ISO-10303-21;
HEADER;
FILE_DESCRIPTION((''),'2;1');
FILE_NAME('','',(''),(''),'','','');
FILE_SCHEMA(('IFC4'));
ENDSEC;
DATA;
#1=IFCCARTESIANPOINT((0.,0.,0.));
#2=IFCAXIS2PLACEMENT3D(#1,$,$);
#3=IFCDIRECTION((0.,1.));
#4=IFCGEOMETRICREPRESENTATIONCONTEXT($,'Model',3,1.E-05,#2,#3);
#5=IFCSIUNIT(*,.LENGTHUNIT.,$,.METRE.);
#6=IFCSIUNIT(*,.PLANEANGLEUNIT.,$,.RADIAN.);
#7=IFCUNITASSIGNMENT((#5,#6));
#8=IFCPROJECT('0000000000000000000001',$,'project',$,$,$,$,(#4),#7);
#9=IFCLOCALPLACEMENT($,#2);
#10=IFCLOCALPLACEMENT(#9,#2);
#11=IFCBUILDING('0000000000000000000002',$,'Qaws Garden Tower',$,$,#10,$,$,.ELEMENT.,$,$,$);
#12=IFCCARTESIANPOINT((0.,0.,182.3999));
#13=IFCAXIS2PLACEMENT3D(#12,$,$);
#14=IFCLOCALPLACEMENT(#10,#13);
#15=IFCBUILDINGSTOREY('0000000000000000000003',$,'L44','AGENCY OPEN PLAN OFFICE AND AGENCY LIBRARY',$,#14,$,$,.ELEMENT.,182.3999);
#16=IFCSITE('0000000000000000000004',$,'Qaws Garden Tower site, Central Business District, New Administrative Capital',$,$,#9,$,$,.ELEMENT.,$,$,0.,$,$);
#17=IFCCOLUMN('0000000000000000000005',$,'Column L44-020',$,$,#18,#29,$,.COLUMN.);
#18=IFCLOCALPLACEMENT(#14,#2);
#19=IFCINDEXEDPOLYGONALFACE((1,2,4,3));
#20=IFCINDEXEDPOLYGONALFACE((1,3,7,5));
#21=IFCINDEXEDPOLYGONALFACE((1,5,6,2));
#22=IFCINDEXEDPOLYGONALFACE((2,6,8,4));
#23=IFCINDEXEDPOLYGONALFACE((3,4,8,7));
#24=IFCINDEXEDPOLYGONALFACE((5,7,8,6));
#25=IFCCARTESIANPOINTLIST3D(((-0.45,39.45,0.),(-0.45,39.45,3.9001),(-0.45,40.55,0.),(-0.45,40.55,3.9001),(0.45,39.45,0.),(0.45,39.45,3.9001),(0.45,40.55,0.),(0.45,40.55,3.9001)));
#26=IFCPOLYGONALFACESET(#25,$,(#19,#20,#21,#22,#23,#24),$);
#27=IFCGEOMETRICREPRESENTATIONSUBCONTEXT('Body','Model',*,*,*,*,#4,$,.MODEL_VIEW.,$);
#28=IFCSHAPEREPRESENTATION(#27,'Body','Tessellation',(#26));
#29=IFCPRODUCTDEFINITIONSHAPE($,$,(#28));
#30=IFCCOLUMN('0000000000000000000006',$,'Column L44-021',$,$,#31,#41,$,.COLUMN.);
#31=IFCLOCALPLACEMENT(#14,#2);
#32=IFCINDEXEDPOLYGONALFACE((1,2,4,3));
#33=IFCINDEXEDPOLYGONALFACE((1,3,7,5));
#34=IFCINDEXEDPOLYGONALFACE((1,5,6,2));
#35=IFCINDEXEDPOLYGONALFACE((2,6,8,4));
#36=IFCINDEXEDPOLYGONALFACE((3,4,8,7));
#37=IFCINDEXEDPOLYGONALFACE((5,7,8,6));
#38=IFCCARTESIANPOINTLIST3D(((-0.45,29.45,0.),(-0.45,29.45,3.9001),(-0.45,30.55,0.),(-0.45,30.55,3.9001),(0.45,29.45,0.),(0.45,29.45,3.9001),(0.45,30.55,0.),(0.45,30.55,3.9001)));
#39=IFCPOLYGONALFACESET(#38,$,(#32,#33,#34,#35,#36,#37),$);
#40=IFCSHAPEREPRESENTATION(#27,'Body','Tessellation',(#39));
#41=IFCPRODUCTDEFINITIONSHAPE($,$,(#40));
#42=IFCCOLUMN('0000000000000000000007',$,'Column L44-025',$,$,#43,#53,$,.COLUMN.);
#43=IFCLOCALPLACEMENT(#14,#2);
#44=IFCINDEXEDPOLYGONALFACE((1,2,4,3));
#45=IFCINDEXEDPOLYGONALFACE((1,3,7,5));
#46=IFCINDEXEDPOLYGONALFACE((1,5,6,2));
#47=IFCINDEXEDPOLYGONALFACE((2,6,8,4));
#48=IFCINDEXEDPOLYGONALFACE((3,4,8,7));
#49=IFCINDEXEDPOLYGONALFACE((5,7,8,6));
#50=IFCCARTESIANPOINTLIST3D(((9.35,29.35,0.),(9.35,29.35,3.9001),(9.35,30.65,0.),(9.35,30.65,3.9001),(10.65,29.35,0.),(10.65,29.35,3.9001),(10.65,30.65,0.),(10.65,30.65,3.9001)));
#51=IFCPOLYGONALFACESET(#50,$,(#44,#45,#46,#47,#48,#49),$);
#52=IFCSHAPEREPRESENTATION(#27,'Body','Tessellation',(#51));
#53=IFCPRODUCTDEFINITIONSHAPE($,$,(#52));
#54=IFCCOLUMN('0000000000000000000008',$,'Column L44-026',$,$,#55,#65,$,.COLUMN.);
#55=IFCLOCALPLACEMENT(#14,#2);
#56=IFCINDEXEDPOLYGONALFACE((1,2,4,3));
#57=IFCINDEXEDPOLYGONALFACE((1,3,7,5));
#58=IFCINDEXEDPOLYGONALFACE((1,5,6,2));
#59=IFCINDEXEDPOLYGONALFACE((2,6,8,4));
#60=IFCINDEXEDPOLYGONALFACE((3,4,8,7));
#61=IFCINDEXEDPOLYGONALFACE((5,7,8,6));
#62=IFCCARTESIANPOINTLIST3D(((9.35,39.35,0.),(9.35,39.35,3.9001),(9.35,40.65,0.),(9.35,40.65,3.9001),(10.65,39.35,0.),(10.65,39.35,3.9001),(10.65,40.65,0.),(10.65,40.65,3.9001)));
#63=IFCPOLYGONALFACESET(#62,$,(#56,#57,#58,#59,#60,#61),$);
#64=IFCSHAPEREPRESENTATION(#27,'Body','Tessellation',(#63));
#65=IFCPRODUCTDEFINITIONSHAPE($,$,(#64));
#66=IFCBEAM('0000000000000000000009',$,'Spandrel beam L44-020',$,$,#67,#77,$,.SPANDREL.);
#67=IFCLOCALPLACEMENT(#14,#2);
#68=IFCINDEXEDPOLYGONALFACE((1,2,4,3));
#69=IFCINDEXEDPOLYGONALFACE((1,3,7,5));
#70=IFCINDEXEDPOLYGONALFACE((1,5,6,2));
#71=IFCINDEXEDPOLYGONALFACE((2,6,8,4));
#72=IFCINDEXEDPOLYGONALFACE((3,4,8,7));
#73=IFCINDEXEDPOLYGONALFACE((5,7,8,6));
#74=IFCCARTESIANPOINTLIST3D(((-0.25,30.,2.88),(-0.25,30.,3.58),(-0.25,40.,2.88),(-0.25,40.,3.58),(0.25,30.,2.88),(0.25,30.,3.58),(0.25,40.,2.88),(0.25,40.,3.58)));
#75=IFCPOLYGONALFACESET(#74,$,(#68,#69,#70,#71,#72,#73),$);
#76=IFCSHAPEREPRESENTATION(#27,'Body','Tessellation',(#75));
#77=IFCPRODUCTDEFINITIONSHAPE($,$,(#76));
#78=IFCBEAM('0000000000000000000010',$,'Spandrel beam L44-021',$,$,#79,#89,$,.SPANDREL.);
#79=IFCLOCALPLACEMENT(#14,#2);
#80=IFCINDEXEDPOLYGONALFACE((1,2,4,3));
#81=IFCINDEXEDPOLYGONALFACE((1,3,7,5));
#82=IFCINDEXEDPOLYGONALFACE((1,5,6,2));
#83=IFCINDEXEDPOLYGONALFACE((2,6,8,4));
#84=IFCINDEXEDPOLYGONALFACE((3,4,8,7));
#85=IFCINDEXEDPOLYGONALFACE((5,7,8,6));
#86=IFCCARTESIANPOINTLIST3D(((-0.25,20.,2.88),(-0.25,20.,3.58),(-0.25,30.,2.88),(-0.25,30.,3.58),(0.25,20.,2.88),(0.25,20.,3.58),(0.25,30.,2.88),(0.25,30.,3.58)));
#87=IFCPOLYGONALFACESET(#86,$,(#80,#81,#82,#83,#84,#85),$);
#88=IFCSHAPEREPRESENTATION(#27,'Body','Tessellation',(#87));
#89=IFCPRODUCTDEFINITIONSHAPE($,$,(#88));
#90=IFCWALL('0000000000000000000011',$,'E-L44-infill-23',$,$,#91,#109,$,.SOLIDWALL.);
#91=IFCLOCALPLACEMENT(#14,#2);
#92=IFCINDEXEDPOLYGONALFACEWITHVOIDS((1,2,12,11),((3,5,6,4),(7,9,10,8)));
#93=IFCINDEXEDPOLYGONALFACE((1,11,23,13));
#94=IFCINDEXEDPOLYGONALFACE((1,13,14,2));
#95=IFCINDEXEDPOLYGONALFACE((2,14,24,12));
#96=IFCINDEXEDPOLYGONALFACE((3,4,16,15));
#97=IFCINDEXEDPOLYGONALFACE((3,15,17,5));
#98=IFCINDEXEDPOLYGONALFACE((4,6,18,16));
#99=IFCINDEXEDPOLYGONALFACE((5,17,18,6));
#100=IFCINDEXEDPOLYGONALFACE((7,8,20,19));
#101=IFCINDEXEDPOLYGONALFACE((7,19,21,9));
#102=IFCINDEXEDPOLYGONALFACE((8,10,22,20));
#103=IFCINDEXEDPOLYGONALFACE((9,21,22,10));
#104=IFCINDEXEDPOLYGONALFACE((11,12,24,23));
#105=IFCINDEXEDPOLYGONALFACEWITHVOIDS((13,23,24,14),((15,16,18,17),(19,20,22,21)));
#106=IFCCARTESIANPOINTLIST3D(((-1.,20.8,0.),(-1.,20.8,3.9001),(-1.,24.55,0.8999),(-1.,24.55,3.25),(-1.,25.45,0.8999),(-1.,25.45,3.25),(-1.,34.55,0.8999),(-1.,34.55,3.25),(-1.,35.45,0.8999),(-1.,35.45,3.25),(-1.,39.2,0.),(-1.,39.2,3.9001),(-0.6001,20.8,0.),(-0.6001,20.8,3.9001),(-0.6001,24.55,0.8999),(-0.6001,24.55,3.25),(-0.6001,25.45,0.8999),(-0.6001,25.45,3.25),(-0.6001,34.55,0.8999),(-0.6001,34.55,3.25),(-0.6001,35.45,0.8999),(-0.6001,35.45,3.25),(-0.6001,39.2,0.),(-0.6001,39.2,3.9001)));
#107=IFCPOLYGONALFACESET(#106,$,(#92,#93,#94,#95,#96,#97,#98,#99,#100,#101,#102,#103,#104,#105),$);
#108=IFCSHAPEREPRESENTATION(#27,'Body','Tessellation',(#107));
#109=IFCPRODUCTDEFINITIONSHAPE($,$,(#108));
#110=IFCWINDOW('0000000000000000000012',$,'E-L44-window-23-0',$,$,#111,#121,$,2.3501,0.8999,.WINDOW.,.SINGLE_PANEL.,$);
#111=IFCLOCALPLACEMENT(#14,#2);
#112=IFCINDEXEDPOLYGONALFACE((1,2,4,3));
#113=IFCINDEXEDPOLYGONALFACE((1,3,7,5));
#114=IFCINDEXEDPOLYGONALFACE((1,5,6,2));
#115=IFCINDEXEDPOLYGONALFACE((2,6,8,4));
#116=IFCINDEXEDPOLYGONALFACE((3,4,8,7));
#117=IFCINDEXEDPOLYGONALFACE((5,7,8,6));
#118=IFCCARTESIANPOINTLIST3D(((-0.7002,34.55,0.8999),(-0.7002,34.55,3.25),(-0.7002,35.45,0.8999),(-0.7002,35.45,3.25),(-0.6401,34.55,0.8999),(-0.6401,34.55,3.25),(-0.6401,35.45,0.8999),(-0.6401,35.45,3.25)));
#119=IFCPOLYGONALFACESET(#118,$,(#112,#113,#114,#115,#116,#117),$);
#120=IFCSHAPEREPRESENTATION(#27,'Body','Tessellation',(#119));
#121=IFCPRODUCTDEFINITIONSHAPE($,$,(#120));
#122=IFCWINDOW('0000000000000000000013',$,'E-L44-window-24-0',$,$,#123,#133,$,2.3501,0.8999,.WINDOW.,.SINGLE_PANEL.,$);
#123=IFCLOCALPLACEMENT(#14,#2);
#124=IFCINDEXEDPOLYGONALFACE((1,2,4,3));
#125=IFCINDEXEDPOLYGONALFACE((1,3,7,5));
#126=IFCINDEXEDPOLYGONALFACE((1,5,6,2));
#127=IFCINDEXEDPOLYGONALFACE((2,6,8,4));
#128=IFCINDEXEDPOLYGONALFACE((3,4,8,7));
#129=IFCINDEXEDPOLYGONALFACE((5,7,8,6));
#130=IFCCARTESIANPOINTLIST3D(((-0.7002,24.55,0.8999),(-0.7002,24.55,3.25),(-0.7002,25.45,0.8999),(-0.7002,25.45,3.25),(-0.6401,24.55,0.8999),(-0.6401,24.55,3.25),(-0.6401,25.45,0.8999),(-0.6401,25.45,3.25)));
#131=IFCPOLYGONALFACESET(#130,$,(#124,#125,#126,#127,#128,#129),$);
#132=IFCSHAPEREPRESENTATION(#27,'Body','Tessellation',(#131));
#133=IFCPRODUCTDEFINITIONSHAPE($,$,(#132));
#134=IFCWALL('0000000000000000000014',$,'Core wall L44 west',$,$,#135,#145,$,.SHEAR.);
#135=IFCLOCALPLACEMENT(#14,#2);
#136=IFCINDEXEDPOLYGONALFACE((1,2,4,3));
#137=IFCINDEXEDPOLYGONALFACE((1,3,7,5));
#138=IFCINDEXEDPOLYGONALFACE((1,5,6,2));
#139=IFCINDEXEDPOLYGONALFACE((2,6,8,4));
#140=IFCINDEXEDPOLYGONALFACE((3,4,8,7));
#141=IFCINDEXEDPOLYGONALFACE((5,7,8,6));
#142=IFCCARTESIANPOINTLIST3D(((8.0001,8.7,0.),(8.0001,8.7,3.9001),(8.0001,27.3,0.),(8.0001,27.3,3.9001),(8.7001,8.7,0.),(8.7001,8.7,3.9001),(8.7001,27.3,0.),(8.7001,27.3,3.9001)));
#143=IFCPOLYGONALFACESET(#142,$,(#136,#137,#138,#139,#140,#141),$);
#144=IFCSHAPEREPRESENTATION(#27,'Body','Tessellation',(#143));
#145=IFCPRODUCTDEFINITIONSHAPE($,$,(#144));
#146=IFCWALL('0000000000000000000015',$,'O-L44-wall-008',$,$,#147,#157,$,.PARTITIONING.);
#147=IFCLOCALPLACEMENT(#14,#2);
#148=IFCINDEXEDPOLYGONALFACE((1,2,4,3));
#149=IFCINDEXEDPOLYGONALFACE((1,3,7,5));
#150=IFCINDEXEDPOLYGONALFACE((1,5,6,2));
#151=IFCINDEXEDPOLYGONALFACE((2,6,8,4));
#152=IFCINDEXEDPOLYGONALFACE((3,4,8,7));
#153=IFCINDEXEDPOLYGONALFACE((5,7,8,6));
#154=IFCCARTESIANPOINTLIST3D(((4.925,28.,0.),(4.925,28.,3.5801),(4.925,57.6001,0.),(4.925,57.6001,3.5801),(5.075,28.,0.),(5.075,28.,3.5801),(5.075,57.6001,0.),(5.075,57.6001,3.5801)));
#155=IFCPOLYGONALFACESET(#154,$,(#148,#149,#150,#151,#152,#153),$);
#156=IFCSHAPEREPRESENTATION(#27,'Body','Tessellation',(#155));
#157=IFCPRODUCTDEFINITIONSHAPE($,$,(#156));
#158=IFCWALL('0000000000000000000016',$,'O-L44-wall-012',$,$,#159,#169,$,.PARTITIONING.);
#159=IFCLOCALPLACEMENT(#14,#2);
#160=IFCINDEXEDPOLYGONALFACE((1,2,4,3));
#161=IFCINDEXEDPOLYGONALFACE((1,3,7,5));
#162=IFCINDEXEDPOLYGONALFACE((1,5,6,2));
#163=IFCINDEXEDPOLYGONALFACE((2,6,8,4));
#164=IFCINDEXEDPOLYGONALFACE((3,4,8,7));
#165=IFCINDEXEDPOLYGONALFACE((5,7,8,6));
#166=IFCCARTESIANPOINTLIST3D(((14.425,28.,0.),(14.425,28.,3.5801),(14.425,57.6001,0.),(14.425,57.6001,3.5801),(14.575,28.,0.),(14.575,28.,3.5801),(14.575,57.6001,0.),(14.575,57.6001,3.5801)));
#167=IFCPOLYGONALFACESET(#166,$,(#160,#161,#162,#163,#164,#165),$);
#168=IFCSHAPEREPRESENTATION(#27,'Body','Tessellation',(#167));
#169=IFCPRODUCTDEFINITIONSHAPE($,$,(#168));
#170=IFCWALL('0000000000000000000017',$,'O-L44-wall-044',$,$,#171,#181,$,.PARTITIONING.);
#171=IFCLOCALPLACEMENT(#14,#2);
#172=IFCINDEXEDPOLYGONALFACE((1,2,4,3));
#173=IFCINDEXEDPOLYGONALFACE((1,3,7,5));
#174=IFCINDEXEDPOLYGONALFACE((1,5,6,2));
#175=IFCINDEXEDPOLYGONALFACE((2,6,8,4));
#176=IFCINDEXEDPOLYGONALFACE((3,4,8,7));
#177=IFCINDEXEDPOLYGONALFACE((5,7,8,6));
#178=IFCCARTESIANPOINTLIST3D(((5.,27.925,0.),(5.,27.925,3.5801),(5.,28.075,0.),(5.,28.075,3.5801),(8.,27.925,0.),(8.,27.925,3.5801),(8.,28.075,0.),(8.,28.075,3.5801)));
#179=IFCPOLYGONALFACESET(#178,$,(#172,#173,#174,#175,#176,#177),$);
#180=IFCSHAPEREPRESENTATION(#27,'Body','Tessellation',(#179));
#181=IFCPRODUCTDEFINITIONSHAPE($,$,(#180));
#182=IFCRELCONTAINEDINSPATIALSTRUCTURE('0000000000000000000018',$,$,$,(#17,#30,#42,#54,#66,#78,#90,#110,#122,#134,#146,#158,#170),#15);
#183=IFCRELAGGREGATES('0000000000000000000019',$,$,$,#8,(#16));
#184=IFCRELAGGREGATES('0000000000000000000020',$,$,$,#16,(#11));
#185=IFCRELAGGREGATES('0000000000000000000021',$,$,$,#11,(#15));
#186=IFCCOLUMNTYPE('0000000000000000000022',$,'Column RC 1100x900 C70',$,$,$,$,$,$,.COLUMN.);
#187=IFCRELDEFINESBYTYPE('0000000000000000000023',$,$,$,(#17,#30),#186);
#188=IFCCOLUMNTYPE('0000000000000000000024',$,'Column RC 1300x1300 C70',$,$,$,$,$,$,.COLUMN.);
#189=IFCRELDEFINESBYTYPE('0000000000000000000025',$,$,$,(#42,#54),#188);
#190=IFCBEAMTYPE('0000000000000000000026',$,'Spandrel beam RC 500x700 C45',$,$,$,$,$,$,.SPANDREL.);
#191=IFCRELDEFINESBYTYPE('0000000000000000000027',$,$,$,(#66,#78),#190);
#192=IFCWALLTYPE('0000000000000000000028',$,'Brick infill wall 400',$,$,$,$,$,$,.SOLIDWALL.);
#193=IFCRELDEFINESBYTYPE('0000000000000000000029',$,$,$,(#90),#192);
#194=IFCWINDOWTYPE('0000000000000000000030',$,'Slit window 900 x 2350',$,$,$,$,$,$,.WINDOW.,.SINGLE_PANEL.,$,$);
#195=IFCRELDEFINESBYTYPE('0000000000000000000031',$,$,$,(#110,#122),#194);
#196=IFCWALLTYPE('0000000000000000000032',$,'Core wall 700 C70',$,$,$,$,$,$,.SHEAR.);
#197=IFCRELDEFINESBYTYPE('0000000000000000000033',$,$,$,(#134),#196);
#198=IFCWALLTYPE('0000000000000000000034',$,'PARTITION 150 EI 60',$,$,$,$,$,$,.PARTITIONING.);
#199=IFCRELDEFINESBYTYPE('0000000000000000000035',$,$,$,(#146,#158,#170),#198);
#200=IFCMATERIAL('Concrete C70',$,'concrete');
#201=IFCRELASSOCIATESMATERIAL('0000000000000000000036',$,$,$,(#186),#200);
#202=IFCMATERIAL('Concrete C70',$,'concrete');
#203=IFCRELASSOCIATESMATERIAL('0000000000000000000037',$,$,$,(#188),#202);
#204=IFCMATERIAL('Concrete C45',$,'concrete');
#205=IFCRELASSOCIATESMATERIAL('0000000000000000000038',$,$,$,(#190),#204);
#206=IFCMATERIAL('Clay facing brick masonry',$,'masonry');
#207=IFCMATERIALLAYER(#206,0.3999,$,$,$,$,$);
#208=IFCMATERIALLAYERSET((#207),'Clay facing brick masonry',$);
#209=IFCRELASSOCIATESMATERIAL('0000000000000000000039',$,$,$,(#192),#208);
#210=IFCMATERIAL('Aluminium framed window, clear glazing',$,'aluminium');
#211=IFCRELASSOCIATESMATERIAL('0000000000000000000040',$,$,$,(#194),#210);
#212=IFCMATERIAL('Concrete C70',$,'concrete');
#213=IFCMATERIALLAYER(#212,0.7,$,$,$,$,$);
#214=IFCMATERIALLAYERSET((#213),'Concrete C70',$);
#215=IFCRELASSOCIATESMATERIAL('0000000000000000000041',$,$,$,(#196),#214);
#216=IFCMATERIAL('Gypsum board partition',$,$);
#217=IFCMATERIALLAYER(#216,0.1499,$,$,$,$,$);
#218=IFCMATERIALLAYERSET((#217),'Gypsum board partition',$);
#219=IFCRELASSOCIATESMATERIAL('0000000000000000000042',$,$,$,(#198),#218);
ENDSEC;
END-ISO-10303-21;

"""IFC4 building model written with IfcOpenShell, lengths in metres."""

from ifc_helpers import new_model, si_unit, direction, frame, frame_2d, origin, origin_2d, place, context, subcontext, project, spatial, rectangle, extrude, material, layer, layer_set, material_profile, profile_set, type_object, element, fill, save


model = new_model("IFC4")

# Units and contexts
model_context = context("Model", 3, precision=1e-05, world=origin(), true_north=direction((0.0, 1.0)))
body_context = subcontext(model_context, "Body", "Model", "MODEL_VIEW")
ifc_project = project(units=[si_unit("LENGTHUNIT", "METRE"), si_unit("PLANEANGLEUNIT", "RADIAN")], contexts=[model_context])

# Site, building, storey
site_placement = place(None, origin())
site = spatial("IfcSite", under=ifc_project, at=site_placement, Name="Qaws Garden Tower site, Central Business District, New Administrative Capital", CompositionType="ELEMENT", RefElevation=0.0)
building_placement = place(site_placement, origin())
building = spatial("IfcBuilding", under=site, at=building_placement, Name="Qaws Garden Tower", CompositionType="ELEMENT")
storey_placement = place(building_placement, frame((0.0, 0.0, 182.3999)))
storey = spatial("IfcBuildingStorey", under=building, at=storey_placement, Name="L44", Description="AGENCY OPEN PLAN OFFICE AND AGENCY LIBRARY", CompositionType="ELEMENT", Elevation=182.3999)

# Columns
ifc_material_1 = material(Name="Concrete C70", Category="concrete")
ifc_material_profile_1 = material_profile(ifc_material_1, rectangle(XDim=1.1001, YDim=0.8999, at=origin_2d()), Name="RC 1100x900")
ifc_profile_set_1 = profile_set([ifc_material_profile_1], Name="Concrete C70")
column_type_1 = type_object("IfcColumnType", Name="Column RC 1100x900 C70", PredefinedType="COLUMN", material=ifc_profile_set_1)
for number, where, z_axis, x_axis, name in (
    (1, (0.0, 40.0, 0.0), (0.0, 0.0, 1.0), (0.0, 1.0, 0.0), "Column L44-020"),
    (2, (0.0, 30.0, 0.0), (0.0, 0.0, 1.0), (0.0, 1.0, 0.0), "Column L44-021"),
):
    element("IfcColumn", number, at=place(storey_placement, frame(where, z_axis=z_axis, x_axis=x_axis)), inside=storey, type_object=column_type_1, Name=name, PredefinedType="COLUMN", context=body_context, shape_type="SweptSolid", body=[
        extrude(rectangle(XDim=1.1001, YDim=0.8999, at=origin_2d()), origin(), (0.0, 0.0, 1.0), 3.9001),
    ])
ifc_material_2 = material(Name="Concrete C70", Category="concrete")
ifc_material_profile_2 = material_profile(ifc_material_2, rectangle(XDim=1.3, YDim=1.3, at=origin_2d()), Name="RC 1300x1300")
ifc_profile_set_2 = profile_set([ifc_material_profile_2], Name="Concrete C70")
column_type_2 = type_object("IfcColumnType", Name="Column RC 1300x1300 C70", PredefinedType="COLUMN", material=ifc_profile_set_2)
for number, where, z_axis, x_axis, name in (
    (3, (10.0, 30.0, 0.0), (0.0, 0.0, 1.0), (1.0, 0.0, 0.0), "Column L44-025"),
    (4, (10.0, 40.0, 0.0), (0.0, 0.0, 1.0), (1.0, 0.0, 0.0), "Column L44-026"),
):
    element("IfcColumn", number, at=place(storey_placement, frame(where, z_axis=z_axis, x_axis=x_axis)), inside=storey, type_object=column_type_2, Name=name, PredefinedType="COLUMN", context=body_context, shape_type="SweptSolid", body=[
        extrude(rectangle(XDim=1.3, YDim=1.3, at=origin_2d()), origin(), (0.0, 0.0, 1.0), 3.9001),
    ])

# Beams
ifc_material_3 = material(Name="Concrete C45", Category="concrete")
ifc_material_profile_3 = material_profile(ifc_material_3, rectangle(XDim=0.5, YDim=0.7, at=origin_2d()), Name="RC 500x700")
ifc_profile_set_3 = profile_set([ifc_material_profile_3], Name="Concrete C45")
beam_type = type_object("IfcBeamType", Name="Spandrel beam RC 500x700 C45", PredefinedType="SPANDREL", material=ifc_profile_set_3)
for number, where, z_axis, x_axis, name in (
    (5, (0.0, 40.0, 3.23), (0.0, -1.0, 0.0), (1.0, 0.0, 0.0), "Spandrel beam L44-020"),
    (6, (0.0, 30.0, 3.23), (0.0, -1.0, 0.0), (1.0, 0.0, 0.0), "Spandrel beam L44-021"),
):
    element("IfcBeam", number, at=place(storey_placement, frame(where, z_axis=z_axis, x_axis=x_axis)), inside=storey, type_object=beam_type, Name=name, PredefinedType="SPANDREL", context=body_context, shape_type="SweptSolid", body=[
        extrude(rectangle(XDim=0.5, YDim=0.7, at=origin_2d()), origin(), (0.0, 0.0, 1.0), 10.0),
    ])

# Wall, openings, windows
ifc_material_4 = material(Name="Clay facing brick masonry", Category="masonry")
ifc_layer_1 = layer(ifc_material_4, 0.3999)
ifc_layer_set_1 = layer_set([ifc_layer_1], Name="Clay facing brick masonry")
wall_type_1 = type_object("IfcWallType", Name="Brick infill wall 400", PredefinedType="SOLIDWALL", material=ifc_layer_set_1)
wall_1_placement = place(storey_placement, frame((-0.8, 39.2, 0.0), z_axis=(0.0, 0.0, 1.0), x_axis=(0.0, -1.0, 0.0)))
wall_1 = element("IfcWall", 7, at=wall_1_placement, inside=storey, type_object=wall_type_1, Name="E-L44-infill-23", PredefinedType="SOLIDWALL", context=body_context, shape_type="SweptSolid", body=[
    extrude(rectangle(XDim=18.3999, YDim=0.3999, at=frame_2d((9.2, 0.0))), origin(), (0.0, 0.0, 1.0), 3.9001),
])
opening_1_placement = place(wall_1_placement, frame((3.75, 0.0, 0.8999)))
opening_1 = element("IfcOpeningElement", 8, at=opening_1_placement, cuts=wall_1, PredefinedType="OPENING", context=body_context, shape_type="SweptSolid", body=[
    extrude(rectangle(XDim=0.8999, YDim=2.3501, at=frame_2d((0.45, 1.175))), frame((0.0, 0.21, 0.0), z_axis=(0.0, -1.0, 0.0), x_axis=(1.0, 0.0, 0.0)), (0.0, 0.0, 1.0), 0.4199),
])
opening_2_placement = place(wall_1_placement, frame((13.75, 0.0, 0.8999)))
opening_2 = element("IfcOpeningElement", 9, at=opening_2_placement, cuts=wall_1, PredefinedType="OPENING", context=body_context, shape_type="SweptSolid", body=[
    extrude(rectangle(XDim=0.8999, YDim=2.3501, at=frame_2d((0.45, 1.175))), frame((0.0, 0.21, 0.0), z_axis=(0.0, -1.0, 0.0), x_axis=(1.0, 0.0, 0.0)), (0.0, 0.0, 1.0), 0.4199),
])
ifc_material_5 = material(Name="Aluminium framed window, clear glazing", Category="aluminium")
window_type = type_object("IfcWindowType", Name="Slit window 900 x 2350", PartitioningType="SINGLE_PANEL", PredefinedType="WINDOW", material=ifc_material_5)
window_1_placement = place(opening_1_placement, origin())
window_1 = element("IfcWindow", 10, at=window_1_placement, inside=storey, type_object=window_type, Name="E-L44-window-23-0", OverallHeight=2.3501, OverallWidth=0.8999, PartitioningType="SINGLE_PANEL", PredefinedType="WINDOW", context=body_context, shape_type="SweptSolid", body=[
    extrude(rectangle(XDim=0.8999, YDim=2.3501, at=frame_2d((0.45, 1.175))), frame((0.0, 0.1599, 0.0), z_axis=(0.0, -1.0, 0.0), x_axis=(1.0, 0.0, 0.0)), (0.0, 0.0, 1.0), 0.0601),
])
fill(opening_1, window_1)
window_2_placement = place(opening_2_placement, origin())
window_2 = element("IfcWindow", 11, at=window_2_placement, inside=storey, type_object=window_type, Name="E-L44-window-24-0", OverallHeight=2.3501, OverallWidth=0.8999, PartitioningType="SINGLE_PANEL", PredefinedType="WINDOW", context=body_context, shape_type="SweptSolid", body=[
    extrude(rectangle(XDim=0.8999, YDim=2.3501, at=frame_2d((0.45, 1.175))), frame((0.0, 0.1599, 0.0), z_axis=(0.0, -1.0, 0.0), x_axis=(1.0, 0.0, 0.0)), (0.0, 0.0, 1.0), 0.0601),
])
fill(opening_2, window_2)

# Walls
ifc_material_6 = material(Name="Concrete C70", Category="concrete")
ifc_layer_2 = layer(ifc_material_6, 0.7)
ifc_layer_set_2 = layer_set([ifc_layer_2], Name="Concrete C70")
wall_type_2 = type_object("IfcWallType", Name="Core wall 700 C70", PredefinedType="SHEAR", material=ifc_layer_set_2)
wall_2_placement = place(storey_placement, frame((8.3501, 27.3, 0.0), z_axis=(0.0, 0.0, 1.0), x_axis=(0.0, -1.0, 0.0)))
element("IfcWall", 12, at=wall_2_placement, inside=storey, type_object=wall_type_2, Name="Core wall L44 west", PredefinedType="SHEAR", context=body_context, shape_type="SweptSolid", body=[
    extrude(rectangle(XDim=18.6001, YDim=0.7, at=frame_2d((9.3, 0.0))), origin(), (0.0, 0.0, 1.0), 3.9001),
])
ifc_material_7 = material(Name="Gypsum board partition")
ifc_layer_3 = layer(ifc_material_7, 0.1499)
ifc_layer_set_3 = layer_set([ifc_layer_3], Name="Gypsum board partition")
wall_type_3 = type_object("IfcWallType", Name="PARTITION 150 EI 60", PredefinedType="PARTITIONING", material=ifc_layer_set_3)
for number, where, z_axis, x_axis, name in (
    (13, (5.0, 28.0, 0.0), (0.0, 0.0, 1.0), (0.0, 1.0, 0.0), "O-L44-wall-008"),
    (14, (14.5, 28.0, 0.0), (0.0, 0.0, 1.0), (0.0, 1.0, 0.0), "O-L44-wall-012"),
):
    element("IfcWall", number, at=place(storey_placement, frame(where, z_axis=z_axis, x_axis=x_axis)), inside=storey, type_object=wall_type_3, Name=name, PredefinedType="PARTITIONING", context=body_context, shape_type="SweptSolid", body=[
        extrude(rectangle(XDim=29.6001, YDim=0.1499, at=frame_2d((14.8, 0.0))), origin(), (0.0, 0.0, 1.0), 3.5801),
    ])
wall_3_placement = place(storey_placement, frame((5.0, 28.0, 0.0), z_axis=(0.0, 0.0, 1.0), x_axis=(1.0, 0.0, 0.0)))
element("IfcWall", 15, at=wall_3_placement, inside=storey, type_object=wall_type_3, Name="O-L44-wall-044", PredefinedType="PARTITIONING", context=body_context, shape_type="SweptSolid", body=[
    extrude(rectangle(XDim=3.0, YDim=0.1499, at=frame_2d((1.5, 0.0))), origin(), (0.0, 0.0, 1.0), 3.5801),
])

save(model, "model.ifc")
